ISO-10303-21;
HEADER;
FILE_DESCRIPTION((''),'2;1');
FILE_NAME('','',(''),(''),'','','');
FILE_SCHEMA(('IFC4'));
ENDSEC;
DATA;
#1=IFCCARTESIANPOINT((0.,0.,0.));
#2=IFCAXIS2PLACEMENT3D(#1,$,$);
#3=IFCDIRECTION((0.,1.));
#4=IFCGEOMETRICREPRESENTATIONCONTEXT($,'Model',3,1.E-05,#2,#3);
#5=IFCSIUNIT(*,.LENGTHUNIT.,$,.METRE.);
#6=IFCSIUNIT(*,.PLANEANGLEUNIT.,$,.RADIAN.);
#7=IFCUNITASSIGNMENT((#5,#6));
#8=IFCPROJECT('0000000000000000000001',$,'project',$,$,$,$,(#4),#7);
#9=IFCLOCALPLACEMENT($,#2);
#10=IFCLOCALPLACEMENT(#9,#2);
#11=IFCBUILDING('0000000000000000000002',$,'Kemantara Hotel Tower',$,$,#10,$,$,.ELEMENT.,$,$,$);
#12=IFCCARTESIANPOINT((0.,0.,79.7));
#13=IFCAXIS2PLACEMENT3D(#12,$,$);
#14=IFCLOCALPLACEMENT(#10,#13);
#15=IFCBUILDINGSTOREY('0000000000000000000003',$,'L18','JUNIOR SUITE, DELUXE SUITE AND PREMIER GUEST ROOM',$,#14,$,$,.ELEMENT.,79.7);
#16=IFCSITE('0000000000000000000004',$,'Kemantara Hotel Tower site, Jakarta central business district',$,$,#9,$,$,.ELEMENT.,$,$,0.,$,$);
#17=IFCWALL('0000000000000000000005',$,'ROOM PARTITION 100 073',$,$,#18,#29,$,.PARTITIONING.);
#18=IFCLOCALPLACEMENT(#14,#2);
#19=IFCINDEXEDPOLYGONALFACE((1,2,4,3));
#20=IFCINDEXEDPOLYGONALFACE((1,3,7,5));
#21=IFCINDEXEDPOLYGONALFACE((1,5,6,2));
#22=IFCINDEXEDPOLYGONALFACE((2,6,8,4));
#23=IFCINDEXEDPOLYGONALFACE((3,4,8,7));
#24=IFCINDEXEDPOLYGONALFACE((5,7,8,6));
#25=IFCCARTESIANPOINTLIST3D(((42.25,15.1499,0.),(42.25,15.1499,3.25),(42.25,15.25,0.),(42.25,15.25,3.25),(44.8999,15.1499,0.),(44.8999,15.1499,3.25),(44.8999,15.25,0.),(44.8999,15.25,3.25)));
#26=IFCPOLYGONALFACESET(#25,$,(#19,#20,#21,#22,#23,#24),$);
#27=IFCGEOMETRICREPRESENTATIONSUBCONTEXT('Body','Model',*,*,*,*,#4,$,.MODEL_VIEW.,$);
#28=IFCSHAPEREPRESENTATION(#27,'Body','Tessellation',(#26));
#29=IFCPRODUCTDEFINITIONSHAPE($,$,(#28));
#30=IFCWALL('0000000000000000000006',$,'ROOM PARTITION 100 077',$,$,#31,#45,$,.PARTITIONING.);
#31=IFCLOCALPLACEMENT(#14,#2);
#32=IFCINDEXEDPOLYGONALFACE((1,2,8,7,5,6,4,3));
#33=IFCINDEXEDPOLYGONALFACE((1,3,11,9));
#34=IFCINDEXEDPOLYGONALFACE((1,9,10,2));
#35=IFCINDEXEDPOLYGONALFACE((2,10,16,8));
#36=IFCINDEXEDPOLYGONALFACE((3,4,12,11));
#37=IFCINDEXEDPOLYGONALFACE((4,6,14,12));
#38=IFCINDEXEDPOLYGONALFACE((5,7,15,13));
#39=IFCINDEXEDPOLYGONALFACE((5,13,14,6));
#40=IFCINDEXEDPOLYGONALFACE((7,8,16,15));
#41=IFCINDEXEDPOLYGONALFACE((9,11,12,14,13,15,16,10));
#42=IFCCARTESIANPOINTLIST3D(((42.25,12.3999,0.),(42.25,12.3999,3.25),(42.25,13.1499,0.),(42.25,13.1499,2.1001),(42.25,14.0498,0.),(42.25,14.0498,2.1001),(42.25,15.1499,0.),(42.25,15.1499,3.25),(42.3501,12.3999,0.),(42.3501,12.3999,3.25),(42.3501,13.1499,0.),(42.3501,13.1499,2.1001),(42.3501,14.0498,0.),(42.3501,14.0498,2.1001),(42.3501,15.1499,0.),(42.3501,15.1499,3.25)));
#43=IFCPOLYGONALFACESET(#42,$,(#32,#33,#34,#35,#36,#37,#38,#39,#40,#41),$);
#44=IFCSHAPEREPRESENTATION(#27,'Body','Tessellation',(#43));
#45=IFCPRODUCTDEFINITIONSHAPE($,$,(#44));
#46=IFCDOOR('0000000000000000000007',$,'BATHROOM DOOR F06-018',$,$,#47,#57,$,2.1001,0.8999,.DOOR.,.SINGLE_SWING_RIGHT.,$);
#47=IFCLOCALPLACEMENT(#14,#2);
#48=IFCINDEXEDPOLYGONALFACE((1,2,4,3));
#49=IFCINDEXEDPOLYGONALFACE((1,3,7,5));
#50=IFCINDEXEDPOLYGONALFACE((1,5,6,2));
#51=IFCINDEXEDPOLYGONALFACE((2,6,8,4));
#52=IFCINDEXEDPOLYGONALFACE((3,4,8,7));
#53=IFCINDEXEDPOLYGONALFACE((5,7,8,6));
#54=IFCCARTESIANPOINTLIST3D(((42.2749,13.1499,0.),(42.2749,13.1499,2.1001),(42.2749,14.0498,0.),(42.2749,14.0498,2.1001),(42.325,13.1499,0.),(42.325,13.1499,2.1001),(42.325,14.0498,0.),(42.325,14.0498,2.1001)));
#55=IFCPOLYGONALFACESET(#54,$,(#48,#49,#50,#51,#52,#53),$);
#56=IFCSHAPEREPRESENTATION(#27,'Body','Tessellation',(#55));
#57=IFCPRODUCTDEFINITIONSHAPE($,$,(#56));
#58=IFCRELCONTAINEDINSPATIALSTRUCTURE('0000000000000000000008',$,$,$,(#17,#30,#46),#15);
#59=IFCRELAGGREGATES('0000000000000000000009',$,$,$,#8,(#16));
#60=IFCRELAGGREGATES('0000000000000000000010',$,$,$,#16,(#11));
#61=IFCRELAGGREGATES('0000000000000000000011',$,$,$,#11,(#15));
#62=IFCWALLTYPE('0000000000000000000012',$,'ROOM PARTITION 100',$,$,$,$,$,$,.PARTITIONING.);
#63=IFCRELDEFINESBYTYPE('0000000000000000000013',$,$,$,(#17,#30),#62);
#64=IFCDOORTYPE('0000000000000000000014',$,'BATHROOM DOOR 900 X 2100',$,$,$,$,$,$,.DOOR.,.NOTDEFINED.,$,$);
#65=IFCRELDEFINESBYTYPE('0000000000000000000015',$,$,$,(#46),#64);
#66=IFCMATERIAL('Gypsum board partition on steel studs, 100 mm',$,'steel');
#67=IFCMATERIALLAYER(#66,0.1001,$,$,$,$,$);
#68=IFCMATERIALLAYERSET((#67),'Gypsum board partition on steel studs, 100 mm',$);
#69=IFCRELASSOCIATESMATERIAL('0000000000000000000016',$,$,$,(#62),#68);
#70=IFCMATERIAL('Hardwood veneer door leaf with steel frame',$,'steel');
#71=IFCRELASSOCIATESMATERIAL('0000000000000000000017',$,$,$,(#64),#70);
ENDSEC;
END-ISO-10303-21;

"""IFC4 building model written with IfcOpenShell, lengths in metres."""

from ifc_helpers import new_model, si_unit, direction, frame, frame_2d, origin, place, context, subcontext, project, spatial, rectangle, extrude, material, layer, layer_set, type_object, element, fill, save


model = new_model("IFC4")

# Units and contexts
model_context = context("Model", 3, precision=1e-05, world=origin(), true_north=direction((0.0, 1.0)))
body_context = subcontext(model_context, "Body", "Model", "MODEL_VIEW")
ifc_project = project(units=[si_unit("LENGTHUNIT", "METRE"), si_unit("PLANEANGLEUNIT", "RADIAN")], contexts=[model_context])

# Site, building, storey
site_placement = place(None, origin())
site = spatial("IfcSite", under=ifc_project, at=site_placement, Name="Kemantara Hotel Tower site, Jakarta central business district", CompositionType="ELEMENT", RefElevation=0.0)
building_placement = place(site_placement, origin())
building = spatial("IfcBuilding", under=site, at=building_placement, Name="Kemantara Hotel Tower", CompositionType="ELEMENT")
storey_placement = place(building_placement, frame((0.0, 0.0, 79.7)))
storey = spatial("IfcBuildingStorey", under=building, at=storey_placement, Name="L18", Description="JUNIOR SUITE, DELUXE SUITE AND PREMIER GUEST ROOM", CompositionType="ELEMENT", Elevation=79.7)

# Shared definitions
ifc_material_1 = material(Name="Hardwood veneer door leaf with steel frame", Category="steel")

# Shared definitions
ifc_material_2 = material(Name="Gypsum board partition on steel studs, 100 mm", Category="steel")
ifc_layer_1 = layer(ifc_material_2, 0.1001)
ifc_layer_set_1 = layer_set([ifc_layer_1], Name="Gypsum board partition on steel studs, 100 mm")
wall_type_1 = type_object("IfcWallType", Name="ROOM PARTITION 100", PredefinedType="PARTITIONING", material=ifc_layer_set_1)
door_type_1 = type_object("IfcDoorType", Name="BATHROOM DOOR 900 X 2100", OperationType="NOTDEFINED", PredefinedType="DOOR", material=ifc_material_1)

# Wall
wall_1_placement = place(storey_placement, frame((42.25, 15.2, 0.0), z_axis=(0.0, 0.0, 1.0), x_axis=(1.0, 0.0, 0.0)))
element("IfcWall", 1, at=wall_1_placement, inside=storey, type_object=wall_type_1, Name="ROOM PARTITION 100 073", PredefinedType="PARTITIONING", context=body_context, shape_type="SweptSolid", body=[
    extrude(rectangle(XDim=2.6499, YDim=0.1001, at=frame_2d((1.325, 0.0))), origin(), (0.0, 0.0, 1.0), 3.25),
])

# Wall, opening, door
wall_2_placement = place(storey_placement, frame((42.3, 15.1499, 0.0), z_axis=(0.0, 0.0, 1.0), x_axis=(0.0, -1.0, 0.0)))
wall_2 = element("IfcWall", 2, at=wall_2_placement, inside=storey, type_object=wall_type_1, Name="ROOM PARTITION 100 077", PredefinedType="PARTITIONING", context=body_context, shape_type="SweptSolid", body=[
    extrude(rectangle(XDim=2.75, YDim=0.1001, at=frame_2d((1.375, 0.0))), origin(), (0.0, 0.0, 1.0), 3.25),
])
opening_1_placement = place(wall_2_placement, frame((1.1001, 0.0, 0.0)))
opening_1 = element("IfcOpeningElement", 3, at=opening_1_placement, cuts=wall_2, PredefinedType="OPENING", context=body_context, shape_type="SweptSolid", body=[
    extrude(rectangle(XDim=0.8999, YDim=2.1001, at=frame_2d((0.45, 1.05))), frame((0.0, 0.0601, 0.0), z_axis=(0.0, -1.0, 0.0), x_axis=(1.0, 0.0, 0.0)), (0.0, 0.0, 1.0), 0.1201),
])
door_1_placement = place(opening_1_placement, origin())
door_1 = element("IfcDoor", 4, at=door_1_placement, inside=storey, type_object=door_type_1, Name="BATHROOM DOOR F06-018", OperationType="SINGLE_SWING_RIGHT", OverallHeight=2.1001, OverallWidth=0.8999, PredefinedType="DOOR", context=body_context, shape_type="SweptSolid", body=[
    extrude(rectangle(XDim=0.8999, YDim=2.1001, at=frame_2d((0.45, 1.05))), frame((0.0, 0.0249, 0.0), z_axis=(0.0, -1.0, 0.0), x_axis=(1.0, 0.0, 0.0)), (0.0, 0.0, 1.0), 0.05),
])
fill(opening_1, door_1)

save(model, "model.ifc")
